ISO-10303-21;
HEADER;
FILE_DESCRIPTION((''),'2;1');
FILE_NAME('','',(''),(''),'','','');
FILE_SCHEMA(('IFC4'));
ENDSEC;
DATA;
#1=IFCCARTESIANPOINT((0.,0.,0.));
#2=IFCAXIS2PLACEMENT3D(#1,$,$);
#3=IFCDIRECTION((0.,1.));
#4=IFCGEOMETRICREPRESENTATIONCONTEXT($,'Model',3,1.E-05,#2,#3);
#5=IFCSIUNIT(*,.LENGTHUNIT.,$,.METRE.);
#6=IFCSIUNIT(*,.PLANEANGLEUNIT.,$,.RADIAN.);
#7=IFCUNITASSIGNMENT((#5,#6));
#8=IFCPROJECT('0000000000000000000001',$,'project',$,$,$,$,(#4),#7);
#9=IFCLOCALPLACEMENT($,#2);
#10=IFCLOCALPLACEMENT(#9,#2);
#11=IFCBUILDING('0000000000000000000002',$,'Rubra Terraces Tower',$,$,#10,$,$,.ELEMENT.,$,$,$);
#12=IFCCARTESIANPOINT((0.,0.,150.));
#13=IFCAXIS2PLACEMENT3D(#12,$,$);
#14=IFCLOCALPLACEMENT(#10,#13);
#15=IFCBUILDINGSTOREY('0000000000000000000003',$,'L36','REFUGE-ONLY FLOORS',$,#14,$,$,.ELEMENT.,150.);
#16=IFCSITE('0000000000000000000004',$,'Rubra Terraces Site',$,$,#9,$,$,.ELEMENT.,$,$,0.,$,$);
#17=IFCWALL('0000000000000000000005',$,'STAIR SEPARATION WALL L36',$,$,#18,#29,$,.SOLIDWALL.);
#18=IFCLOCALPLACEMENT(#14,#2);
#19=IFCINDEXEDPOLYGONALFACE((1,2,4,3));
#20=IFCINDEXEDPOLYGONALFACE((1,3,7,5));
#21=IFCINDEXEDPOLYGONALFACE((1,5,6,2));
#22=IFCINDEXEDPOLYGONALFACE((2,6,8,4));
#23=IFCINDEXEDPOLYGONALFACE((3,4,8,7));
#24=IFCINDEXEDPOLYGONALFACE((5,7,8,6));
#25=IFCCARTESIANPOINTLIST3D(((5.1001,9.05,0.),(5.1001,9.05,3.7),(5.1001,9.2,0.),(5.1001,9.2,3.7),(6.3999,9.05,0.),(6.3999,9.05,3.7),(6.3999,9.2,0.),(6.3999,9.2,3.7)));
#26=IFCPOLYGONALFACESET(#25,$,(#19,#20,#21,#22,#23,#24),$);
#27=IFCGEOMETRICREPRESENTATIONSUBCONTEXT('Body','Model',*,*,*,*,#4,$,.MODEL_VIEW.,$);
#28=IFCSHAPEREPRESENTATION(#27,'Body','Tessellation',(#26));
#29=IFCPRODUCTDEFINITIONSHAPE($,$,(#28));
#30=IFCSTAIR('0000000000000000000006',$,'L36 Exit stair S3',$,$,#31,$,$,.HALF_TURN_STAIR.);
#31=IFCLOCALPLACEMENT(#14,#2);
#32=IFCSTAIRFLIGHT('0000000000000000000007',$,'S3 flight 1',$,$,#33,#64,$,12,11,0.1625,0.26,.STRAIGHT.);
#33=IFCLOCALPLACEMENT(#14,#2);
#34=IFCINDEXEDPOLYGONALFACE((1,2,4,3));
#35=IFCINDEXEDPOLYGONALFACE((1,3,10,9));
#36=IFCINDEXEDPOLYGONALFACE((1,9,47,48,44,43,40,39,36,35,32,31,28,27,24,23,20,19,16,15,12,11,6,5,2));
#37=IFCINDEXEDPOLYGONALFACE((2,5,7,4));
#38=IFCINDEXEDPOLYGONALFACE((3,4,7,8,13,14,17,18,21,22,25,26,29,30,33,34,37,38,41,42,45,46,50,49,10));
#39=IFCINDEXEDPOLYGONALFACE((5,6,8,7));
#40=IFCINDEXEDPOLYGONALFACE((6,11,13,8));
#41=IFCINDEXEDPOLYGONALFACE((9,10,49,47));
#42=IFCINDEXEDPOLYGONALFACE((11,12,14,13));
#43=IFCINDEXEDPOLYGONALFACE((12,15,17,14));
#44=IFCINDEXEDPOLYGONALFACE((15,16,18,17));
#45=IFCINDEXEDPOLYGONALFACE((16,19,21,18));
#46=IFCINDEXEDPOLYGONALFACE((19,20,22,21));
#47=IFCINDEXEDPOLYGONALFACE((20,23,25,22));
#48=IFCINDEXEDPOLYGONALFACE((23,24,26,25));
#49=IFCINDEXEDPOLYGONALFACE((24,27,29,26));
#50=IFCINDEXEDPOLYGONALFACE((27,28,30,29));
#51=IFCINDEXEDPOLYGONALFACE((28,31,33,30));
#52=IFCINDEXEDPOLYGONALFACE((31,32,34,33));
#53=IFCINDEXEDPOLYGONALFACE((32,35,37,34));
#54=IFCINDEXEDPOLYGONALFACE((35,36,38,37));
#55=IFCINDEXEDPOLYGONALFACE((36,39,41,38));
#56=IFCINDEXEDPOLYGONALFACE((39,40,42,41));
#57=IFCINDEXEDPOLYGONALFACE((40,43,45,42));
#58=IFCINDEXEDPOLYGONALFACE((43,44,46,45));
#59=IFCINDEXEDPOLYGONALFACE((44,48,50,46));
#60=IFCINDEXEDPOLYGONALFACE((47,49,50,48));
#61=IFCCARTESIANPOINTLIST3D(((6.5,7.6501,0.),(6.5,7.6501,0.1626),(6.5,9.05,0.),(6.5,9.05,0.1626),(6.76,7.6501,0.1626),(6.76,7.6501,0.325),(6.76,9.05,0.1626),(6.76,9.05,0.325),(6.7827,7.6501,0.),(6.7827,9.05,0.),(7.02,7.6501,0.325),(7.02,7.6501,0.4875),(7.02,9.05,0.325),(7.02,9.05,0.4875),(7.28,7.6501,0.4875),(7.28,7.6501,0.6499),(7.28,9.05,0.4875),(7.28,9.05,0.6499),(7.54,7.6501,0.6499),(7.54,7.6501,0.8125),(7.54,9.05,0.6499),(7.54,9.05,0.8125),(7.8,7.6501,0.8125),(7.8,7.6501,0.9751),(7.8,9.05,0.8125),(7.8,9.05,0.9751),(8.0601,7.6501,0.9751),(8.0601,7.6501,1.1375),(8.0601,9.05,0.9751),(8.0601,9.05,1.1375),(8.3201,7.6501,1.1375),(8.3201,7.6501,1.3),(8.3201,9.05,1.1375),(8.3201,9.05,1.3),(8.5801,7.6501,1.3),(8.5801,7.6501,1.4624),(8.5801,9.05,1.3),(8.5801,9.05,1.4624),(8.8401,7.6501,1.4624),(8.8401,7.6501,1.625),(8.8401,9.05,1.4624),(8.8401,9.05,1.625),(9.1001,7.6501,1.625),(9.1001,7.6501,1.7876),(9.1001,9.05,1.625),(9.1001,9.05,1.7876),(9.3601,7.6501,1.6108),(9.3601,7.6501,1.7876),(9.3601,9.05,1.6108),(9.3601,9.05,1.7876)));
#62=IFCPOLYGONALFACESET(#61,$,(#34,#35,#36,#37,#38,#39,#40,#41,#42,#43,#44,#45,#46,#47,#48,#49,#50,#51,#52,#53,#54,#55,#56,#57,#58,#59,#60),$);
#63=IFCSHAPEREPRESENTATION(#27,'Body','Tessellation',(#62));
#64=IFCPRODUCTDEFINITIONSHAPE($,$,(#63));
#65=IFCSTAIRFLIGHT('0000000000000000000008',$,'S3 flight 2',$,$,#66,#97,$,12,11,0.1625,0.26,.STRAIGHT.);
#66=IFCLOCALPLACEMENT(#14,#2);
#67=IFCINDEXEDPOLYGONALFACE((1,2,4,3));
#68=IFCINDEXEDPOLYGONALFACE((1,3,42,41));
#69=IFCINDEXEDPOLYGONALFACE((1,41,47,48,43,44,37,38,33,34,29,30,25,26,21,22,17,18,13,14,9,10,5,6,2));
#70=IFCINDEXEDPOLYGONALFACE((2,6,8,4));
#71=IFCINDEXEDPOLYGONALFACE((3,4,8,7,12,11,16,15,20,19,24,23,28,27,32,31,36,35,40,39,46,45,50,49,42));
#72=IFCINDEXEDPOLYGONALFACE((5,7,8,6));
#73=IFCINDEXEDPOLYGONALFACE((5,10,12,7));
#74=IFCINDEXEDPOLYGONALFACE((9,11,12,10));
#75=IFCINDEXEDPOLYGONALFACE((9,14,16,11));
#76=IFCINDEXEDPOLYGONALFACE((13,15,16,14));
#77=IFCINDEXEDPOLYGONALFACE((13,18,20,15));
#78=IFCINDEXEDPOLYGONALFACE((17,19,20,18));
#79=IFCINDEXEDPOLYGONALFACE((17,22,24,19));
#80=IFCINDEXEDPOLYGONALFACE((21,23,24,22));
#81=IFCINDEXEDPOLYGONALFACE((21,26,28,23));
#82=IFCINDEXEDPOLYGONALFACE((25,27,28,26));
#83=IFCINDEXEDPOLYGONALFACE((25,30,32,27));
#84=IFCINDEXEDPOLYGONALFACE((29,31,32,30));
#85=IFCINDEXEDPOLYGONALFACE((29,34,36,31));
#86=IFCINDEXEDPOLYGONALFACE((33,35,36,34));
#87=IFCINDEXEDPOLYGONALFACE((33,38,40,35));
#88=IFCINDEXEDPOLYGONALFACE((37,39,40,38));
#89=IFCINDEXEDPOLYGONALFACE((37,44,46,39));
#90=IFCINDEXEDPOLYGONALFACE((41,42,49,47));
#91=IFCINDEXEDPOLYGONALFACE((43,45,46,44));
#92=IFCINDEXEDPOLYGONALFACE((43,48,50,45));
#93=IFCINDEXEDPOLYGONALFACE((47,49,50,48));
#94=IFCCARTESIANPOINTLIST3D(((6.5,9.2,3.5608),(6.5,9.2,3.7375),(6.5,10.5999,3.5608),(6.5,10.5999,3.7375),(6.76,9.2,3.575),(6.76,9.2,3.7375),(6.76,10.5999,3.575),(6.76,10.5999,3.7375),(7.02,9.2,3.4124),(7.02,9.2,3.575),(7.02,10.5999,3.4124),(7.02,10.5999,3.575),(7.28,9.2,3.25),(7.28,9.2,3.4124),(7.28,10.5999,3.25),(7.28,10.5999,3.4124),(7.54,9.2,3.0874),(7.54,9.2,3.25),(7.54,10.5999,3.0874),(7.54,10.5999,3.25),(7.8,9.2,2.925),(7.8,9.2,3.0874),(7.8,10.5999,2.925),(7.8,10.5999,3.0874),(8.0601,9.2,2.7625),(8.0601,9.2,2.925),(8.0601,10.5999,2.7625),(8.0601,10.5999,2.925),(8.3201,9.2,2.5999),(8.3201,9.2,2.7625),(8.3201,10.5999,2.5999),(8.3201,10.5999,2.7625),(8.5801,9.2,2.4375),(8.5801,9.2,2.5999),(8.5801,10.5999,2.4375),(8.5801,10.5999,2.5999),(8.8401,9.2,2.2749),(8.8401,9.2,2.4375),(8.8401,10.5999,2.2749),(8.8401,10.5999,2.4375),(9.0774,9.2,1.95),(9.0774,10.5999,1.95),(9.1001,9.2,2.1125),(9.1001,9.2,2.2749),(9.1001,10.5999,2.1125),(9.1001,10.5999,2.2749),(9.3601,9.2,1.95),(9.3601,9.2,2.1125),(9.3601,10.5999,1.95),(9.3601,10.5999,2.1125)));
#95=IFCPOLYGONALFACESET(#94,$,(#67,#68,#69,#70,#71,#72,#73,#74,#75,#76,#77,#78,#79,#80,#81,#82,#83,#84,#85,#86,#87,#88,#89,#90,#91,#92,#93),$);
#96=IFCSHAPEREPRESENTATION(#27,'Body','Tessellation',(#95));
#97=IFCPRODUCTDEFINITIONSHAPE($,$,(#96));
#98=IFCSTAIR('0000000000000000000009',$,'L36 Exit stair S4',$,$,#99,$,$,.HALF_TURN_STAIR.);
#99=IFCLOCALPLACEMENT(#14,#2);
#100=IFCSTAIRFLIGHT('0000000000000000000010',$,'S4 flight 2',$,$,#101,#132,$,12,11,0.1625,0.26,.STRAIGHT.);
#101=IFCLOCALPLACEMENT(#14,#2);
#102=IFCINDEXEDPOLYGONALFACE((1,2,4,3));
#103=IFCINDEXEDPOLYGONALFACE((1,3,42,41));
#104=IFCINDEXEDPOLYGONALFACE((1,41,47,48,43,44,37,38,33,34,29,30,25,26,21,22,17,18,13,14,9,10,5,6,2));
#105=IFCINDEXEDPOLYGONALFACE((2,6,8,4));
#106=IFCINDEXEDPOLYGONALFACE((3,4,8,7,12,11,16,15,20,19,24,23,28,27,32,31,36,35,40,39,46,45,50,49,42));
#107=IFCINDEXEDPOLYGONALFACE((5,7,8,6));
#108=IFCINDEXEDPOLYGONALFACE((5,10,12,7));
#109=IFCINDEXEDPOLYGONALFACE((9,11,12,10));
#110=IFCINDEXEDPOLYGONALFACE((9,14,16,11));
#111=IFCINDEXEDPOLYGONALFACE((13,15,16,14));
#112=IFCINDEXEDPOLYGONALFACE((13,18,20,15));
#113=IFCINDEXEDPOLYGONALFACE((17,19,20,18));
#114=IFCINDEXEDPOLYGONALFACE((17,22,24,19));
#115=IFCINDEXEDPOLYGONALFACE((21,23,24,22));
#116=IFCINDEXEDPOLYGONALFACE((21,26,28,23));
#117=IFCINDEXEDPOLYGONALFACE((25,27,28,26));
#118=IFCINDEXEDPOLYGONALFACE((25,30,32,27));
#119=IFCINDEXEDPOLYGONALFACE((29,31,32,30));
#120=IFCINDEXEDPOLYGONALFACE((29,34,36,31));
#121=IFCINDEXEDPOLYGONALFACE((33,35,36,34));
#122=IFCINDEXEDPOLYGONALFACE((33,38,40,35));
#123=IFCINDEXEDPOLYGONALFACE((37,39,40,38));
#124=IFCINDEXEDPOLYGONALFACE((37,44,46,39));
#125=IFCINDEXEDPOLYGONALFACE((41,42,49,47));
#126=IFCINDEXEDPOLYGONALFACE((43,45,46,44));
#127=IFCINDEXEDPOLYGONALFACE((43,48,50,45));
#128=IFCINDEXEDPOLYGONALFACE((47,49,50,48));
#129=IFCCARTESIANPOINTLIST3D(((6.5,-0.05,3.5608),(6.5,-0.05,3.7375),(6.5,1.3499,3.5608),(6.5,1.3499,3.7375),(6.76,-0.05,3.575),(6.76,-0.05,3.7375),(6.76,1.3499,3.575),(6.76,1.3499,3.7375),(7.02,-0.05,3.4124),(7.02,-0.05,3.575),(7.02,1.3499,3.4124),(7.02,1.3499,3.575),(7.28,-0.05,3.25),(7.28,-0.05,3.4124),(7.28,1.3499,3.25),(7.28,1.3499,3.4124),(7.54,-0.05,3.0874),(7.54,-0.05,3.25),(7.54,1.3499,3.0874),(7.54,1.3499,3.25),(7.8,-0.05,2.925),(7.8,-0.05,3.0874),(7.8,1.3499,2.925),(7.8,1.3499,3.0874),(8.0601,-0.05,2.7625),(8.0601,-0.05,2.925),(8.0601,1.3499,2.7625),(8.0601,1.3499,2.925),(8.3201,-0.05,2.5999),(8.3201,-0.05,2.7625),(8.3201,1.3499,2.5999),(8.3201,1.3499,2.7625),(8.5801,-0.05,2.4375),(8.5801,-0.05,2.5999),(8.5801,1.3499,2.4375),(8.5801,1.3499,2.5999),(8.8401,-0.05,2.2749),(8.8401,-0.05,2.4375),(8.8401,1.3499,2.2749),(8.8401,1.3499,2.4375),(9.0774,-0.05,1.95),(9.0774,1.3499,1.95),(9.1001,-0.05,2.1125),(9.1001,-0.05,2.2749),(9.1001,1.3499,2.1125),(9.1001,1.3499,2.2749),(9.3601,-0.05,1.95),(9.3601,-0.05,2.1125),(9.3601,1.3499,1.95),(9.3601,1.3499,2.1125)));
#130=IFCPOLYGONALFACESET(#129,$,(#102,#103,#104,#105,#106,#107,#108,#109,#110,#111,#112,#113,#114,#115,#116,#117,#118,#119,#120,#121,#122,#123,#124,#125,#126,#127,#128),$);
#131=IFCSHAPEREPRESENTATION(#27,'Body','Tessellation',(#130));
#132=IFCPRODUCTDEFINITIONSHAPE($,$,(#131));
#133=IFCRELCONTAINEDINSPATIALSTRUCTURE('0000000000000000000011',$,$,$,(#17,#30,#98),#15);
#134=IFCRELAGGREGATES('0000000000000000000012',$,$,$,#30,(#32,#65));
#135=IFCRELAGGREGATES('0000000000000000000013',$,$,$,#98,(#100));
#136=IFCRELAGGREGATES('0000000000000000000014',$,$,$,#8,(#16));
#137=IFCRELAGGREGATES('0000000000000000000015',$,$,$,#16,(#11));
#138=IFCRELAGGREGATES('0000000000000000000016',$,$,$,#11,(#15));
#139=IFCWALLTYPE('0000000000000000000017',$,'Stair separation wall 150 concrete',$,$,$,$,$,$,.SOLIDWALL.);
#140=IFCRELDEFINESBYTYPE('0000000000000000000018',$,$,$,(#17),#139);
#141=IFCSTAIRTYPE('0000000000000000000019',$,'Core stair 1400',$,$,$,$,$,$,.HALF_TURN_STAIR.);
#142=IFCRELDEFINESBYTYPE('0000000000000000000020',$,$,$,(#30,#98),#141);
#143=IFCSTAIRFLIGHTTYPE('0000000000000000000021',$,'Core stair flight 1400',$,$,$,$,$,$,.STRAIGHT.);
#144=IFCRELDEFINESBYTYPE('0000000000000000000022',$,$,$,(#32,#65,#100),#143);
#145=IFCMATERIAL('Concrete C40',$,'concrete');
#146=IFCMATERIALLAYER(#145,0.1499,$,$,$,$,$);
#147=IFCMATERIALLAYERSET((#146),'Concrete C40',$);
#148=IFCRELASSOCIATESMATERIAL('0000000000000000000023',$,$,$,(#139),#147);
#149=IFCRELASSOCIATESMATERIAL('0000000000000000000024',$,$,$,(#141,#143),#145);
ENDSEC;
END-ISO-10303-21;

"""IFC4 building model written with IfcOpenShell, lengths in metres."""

from ifc_helpers import new_model, si_unit, direction, frame, frame_2d, origin, place, context, subcontext, project, spatial, polyline, rectangle, outline, extrude, material, layer, layer_set, type_object, element, aggregate, save


model = new_model("IFC4")

# Units and contexts
model_context = context("Model", 3, precision=1e-05, world=origin(), true_north=direction((0.0, 1.0)))
body_context = subcontext(model_context, "Body", "Model", "MODEL_VIEW")
ifc_project = project(units=[si_unit("LENGTHUNIT", "METRE"), si_unit("PLANEANGLEUNIT", "RADIAN")], contexts=[model_context])

# Site, building, storey
site_placement = place(None, origin())
site = spatial("IfcSite", under=ifc_project, at=site_placement, Name="Rubra Terraces Site", CompositionType="ELEMENT", RefElevation=0.0)
building_placement = place(site_placement, origin())
building = spatial("IfcBuilding", under=site, at=building_placement, Name="Rubra Terraces Tower", CompositionType="ELEMENT")
storey_placement = place(building_placement, frame((0.0, 0.0, 150.0)))
storey = spatial("IfcBuildingStorey", under=building, at=storey_placement, Name="L36", Description="REFUGE-ONLY FLOORS", CompositionType="ELEMENT", Elevation=150.0)

# Shared definitions
ifc_material_1 = material(Name="Concrete C40", Category="concrete")

# Wall
ifc_layer_1 = layer(ifc_material_1, 0.1499)
ifc_layer_set_1 = layer_set([ifc_layer_1], Name="Concrete C40")
wall_type_1 = type_object("IfcWallType", Name="Stair separation wall 150 concrete", PredefinedType="SOLIDWALL", material=ifc_layer_set_1)
wall_1_placement = place(storey_placement, frame((6.3999, 9.125, 0.0), z_axis=(0.0, 0.0, 1.0), x_axis=(-1.0, 0.0, 0.0)))
element("IfcWall", 1, at=wall_1_placement, inside=storey, type_object=wall_type_1, Name="STAIR SEPARATION WALL L36", PredefinedType="SOLIDWALL", context=body_context, shape_type="SweptSolid", body=[
    extrude(rectangle(XDim=1.2998, YDim=0.1499, at=frame_2d((0.6499, 0.0))), origin(), (0.0, 0.0, 1.0), 3.7),
])

# Stair, stair flights
stair_type = type_object("IfcStairType", Name="Core stair 1400", PredefinedType="HALF_TURN_STAIR", material=ifc_material_1)
stair_1_placement = place(storey_placement, origin())
stair_1 = element("IfcStair", 2, at=stair_1_placement, inside=storey, type_object=stair_type, Name="L36 Exit stair S3", PredefinedType="HALF_TURN_STAIR")
stair_flight_type = type_object("IfcStairFlightType", Name="Core stair flight 1400", PredefinedType="STRAIGHT", material=ifc_material_1)
stair_flight_1_placement = place(storey_placement, frame((6.5, 8.3501, 0.0), z_axis=(0.0, 0.0, 1.0), x_axis=(1.0, 0.0, 0.0)))
stair_flight_1 = element("IfcStairFlight", 3, at=stair_flight_1_placement, type_object=stair_flight_type, Name="S3 flight 1", NumberOfRisers=12, NumberOfTreads=11, PredefinedType="STRAIGHT", RiserHeight=0.1625, TreadLength=0.26, context=body_context, shape_type="SweptSolid", body=[
    extrude(outline(polyline([(0.0, 0.0), (0.0, 0.1626), (0.26, 0.1626), (0.26, 0.325), (0.52, 0.325), (0.52, 0.4875), (0.78, 0.4875), (0.78, 0.6499), (1.04, 0.6499), (1.04, 0.8125), (1.3, 0.8125), (1.3, 0.9751), (1.5601, 0.9751), (1.5601, 1.1375), (1.8201, 1.1375), (1.8201, 1.3), (2.0801, 1.3), (2.0801, 1.4624), (2.3401, 1.4624), (2.3401, 1.625), (2.6001, 1.625), (2.6001, 1.7876), (2.8601, 1.7876), (2.8601, 1.95), (2.8601, 1.6108), (0.2827, 0.0), (0.0, 0.0)])), frame((0.0, 0.7, 0.0), z_axis=(0.0, -1.0, 0.0), x_axis=(1.0, 0.0, 0.0)), (0.0, 0.0, 1.0), 1.3999),
])
stair_flight_2_placement = place(storey_placement, frame((9.3601, 9.8999, 1.95), z_axis=(0.0, 0.0, 1.0), x_axis=(-1.0, 0.0, 0.0)))
stair_flight_2 = element("IfcStairFlight", 4, at=stair_flight_2_placement, type_object=stair_flight_type, Name="S3 flight 2", NumberOfRisers=12, NumberOfTreads=11, PredefinedType="STRAIGHT", RiserHeight=0.1625, TreadLength=0.26, context=body_context, shape_type="SweptSolid", body=[
    extrude(outline(polyline([(0.0, 0.0), (0.0, 0.1626), (0.26, 0.1626), (0.26, 0.325), (0.52, 0.325), (0.52, 0.4875), (0.78, 0.4875), (0.78, 0.6499), (1.04, 0.6499), (1.04, 0.8125), (1.3, 0.8125), (1.3, 0.9751), (1.5601, 0.9751), (1.5601, 1.1375), (1.8201, 1.1375), (1.8201, 1.3), (2.0801, 1.3), (2.0801, 1.4624), (2.3401, 1.4624), (2.3401, 1.625), (2.6001, 1.625), (2.6001, 1.7876), (2.8601, 1.7876), (2.8601, 1.95), (2.8601, 1.6108), (0.2827, 0.0), (0.0, 0.0)])), frame((0.0, 0.7, 0.0), z_axis=(0.0, -1.0, 0.0), x_axis=(1.0, 0.0, 0.0)), (0.0, 0.0, 1.0), 1.3999),
])
aggregate(stair_1, [stair_flight_1, stair_flight_2])

# Stair, stair flight
stair_2_placement = place(storey_placement, origin())
stair_2 = element("IfcStair", 5, at=stair_2_placement, inside=storey, type_object=stair_type, Name="L36 Exit stair S4", PredefinedType="HALF_TURN_STAIR")
stair_flight_3_placement = place(storey_placement, frame((9.3601, 0.6499, 1.95), z_axis=(0.0, 0.0, 1.0), x_axis=(-1.0, 0.0, 0.0)))
stair_flight_3 = element("IfcStairFlight", 6, at=stair_flight_3_placement, type_object=stair_flight_type, Name="S4 flight 2", NumberOfRisers=12, NumberOfTreads=11, PredefinedType="STRAIGHT", RiserHeight=0.1625, TreadLength=0.26, context=body_context, shape_type="SweptSolid", body=[
    extrude(outline(polyline([(0.0, 0.0), (0.0, 0.1626), (0.26, 0.1626), (0.26, 0.325), (0.52, 0.325), (0.52, 0.4875), (0.78, 0.4875), (0.78, 0.6499), (1.04, 0.6499), (1.04, 0.8125), (1.3, 0.8125), (1.3, 0.9751), (1.5601, 0.9751), (1.5601, 1.1375), (1.8201, 1.1375), (1.8201, 1.3), (2.0801, 1.3), (2.0801, 1.4624), (2.3401, 1.4624), (2.3401, 1.625), (2.6001, 1.625), (2.6001, 1.7876), (2.8601, 1.7876), (2.8601, 1.95), (2.8601, 1.6108), (0.2827, 0.0), (0.0, 0.0)])), frame((0.0, 0.7, 0.0), z_axis=(0.0, -1.0, 0.0), x_axis=(1.0, 0.0, 0.0)), (0.0, 0.0, 1.0), 1.3999),
])
aggregate(stair_2, [stair_flight_3])

save(model, "model.ifc")
